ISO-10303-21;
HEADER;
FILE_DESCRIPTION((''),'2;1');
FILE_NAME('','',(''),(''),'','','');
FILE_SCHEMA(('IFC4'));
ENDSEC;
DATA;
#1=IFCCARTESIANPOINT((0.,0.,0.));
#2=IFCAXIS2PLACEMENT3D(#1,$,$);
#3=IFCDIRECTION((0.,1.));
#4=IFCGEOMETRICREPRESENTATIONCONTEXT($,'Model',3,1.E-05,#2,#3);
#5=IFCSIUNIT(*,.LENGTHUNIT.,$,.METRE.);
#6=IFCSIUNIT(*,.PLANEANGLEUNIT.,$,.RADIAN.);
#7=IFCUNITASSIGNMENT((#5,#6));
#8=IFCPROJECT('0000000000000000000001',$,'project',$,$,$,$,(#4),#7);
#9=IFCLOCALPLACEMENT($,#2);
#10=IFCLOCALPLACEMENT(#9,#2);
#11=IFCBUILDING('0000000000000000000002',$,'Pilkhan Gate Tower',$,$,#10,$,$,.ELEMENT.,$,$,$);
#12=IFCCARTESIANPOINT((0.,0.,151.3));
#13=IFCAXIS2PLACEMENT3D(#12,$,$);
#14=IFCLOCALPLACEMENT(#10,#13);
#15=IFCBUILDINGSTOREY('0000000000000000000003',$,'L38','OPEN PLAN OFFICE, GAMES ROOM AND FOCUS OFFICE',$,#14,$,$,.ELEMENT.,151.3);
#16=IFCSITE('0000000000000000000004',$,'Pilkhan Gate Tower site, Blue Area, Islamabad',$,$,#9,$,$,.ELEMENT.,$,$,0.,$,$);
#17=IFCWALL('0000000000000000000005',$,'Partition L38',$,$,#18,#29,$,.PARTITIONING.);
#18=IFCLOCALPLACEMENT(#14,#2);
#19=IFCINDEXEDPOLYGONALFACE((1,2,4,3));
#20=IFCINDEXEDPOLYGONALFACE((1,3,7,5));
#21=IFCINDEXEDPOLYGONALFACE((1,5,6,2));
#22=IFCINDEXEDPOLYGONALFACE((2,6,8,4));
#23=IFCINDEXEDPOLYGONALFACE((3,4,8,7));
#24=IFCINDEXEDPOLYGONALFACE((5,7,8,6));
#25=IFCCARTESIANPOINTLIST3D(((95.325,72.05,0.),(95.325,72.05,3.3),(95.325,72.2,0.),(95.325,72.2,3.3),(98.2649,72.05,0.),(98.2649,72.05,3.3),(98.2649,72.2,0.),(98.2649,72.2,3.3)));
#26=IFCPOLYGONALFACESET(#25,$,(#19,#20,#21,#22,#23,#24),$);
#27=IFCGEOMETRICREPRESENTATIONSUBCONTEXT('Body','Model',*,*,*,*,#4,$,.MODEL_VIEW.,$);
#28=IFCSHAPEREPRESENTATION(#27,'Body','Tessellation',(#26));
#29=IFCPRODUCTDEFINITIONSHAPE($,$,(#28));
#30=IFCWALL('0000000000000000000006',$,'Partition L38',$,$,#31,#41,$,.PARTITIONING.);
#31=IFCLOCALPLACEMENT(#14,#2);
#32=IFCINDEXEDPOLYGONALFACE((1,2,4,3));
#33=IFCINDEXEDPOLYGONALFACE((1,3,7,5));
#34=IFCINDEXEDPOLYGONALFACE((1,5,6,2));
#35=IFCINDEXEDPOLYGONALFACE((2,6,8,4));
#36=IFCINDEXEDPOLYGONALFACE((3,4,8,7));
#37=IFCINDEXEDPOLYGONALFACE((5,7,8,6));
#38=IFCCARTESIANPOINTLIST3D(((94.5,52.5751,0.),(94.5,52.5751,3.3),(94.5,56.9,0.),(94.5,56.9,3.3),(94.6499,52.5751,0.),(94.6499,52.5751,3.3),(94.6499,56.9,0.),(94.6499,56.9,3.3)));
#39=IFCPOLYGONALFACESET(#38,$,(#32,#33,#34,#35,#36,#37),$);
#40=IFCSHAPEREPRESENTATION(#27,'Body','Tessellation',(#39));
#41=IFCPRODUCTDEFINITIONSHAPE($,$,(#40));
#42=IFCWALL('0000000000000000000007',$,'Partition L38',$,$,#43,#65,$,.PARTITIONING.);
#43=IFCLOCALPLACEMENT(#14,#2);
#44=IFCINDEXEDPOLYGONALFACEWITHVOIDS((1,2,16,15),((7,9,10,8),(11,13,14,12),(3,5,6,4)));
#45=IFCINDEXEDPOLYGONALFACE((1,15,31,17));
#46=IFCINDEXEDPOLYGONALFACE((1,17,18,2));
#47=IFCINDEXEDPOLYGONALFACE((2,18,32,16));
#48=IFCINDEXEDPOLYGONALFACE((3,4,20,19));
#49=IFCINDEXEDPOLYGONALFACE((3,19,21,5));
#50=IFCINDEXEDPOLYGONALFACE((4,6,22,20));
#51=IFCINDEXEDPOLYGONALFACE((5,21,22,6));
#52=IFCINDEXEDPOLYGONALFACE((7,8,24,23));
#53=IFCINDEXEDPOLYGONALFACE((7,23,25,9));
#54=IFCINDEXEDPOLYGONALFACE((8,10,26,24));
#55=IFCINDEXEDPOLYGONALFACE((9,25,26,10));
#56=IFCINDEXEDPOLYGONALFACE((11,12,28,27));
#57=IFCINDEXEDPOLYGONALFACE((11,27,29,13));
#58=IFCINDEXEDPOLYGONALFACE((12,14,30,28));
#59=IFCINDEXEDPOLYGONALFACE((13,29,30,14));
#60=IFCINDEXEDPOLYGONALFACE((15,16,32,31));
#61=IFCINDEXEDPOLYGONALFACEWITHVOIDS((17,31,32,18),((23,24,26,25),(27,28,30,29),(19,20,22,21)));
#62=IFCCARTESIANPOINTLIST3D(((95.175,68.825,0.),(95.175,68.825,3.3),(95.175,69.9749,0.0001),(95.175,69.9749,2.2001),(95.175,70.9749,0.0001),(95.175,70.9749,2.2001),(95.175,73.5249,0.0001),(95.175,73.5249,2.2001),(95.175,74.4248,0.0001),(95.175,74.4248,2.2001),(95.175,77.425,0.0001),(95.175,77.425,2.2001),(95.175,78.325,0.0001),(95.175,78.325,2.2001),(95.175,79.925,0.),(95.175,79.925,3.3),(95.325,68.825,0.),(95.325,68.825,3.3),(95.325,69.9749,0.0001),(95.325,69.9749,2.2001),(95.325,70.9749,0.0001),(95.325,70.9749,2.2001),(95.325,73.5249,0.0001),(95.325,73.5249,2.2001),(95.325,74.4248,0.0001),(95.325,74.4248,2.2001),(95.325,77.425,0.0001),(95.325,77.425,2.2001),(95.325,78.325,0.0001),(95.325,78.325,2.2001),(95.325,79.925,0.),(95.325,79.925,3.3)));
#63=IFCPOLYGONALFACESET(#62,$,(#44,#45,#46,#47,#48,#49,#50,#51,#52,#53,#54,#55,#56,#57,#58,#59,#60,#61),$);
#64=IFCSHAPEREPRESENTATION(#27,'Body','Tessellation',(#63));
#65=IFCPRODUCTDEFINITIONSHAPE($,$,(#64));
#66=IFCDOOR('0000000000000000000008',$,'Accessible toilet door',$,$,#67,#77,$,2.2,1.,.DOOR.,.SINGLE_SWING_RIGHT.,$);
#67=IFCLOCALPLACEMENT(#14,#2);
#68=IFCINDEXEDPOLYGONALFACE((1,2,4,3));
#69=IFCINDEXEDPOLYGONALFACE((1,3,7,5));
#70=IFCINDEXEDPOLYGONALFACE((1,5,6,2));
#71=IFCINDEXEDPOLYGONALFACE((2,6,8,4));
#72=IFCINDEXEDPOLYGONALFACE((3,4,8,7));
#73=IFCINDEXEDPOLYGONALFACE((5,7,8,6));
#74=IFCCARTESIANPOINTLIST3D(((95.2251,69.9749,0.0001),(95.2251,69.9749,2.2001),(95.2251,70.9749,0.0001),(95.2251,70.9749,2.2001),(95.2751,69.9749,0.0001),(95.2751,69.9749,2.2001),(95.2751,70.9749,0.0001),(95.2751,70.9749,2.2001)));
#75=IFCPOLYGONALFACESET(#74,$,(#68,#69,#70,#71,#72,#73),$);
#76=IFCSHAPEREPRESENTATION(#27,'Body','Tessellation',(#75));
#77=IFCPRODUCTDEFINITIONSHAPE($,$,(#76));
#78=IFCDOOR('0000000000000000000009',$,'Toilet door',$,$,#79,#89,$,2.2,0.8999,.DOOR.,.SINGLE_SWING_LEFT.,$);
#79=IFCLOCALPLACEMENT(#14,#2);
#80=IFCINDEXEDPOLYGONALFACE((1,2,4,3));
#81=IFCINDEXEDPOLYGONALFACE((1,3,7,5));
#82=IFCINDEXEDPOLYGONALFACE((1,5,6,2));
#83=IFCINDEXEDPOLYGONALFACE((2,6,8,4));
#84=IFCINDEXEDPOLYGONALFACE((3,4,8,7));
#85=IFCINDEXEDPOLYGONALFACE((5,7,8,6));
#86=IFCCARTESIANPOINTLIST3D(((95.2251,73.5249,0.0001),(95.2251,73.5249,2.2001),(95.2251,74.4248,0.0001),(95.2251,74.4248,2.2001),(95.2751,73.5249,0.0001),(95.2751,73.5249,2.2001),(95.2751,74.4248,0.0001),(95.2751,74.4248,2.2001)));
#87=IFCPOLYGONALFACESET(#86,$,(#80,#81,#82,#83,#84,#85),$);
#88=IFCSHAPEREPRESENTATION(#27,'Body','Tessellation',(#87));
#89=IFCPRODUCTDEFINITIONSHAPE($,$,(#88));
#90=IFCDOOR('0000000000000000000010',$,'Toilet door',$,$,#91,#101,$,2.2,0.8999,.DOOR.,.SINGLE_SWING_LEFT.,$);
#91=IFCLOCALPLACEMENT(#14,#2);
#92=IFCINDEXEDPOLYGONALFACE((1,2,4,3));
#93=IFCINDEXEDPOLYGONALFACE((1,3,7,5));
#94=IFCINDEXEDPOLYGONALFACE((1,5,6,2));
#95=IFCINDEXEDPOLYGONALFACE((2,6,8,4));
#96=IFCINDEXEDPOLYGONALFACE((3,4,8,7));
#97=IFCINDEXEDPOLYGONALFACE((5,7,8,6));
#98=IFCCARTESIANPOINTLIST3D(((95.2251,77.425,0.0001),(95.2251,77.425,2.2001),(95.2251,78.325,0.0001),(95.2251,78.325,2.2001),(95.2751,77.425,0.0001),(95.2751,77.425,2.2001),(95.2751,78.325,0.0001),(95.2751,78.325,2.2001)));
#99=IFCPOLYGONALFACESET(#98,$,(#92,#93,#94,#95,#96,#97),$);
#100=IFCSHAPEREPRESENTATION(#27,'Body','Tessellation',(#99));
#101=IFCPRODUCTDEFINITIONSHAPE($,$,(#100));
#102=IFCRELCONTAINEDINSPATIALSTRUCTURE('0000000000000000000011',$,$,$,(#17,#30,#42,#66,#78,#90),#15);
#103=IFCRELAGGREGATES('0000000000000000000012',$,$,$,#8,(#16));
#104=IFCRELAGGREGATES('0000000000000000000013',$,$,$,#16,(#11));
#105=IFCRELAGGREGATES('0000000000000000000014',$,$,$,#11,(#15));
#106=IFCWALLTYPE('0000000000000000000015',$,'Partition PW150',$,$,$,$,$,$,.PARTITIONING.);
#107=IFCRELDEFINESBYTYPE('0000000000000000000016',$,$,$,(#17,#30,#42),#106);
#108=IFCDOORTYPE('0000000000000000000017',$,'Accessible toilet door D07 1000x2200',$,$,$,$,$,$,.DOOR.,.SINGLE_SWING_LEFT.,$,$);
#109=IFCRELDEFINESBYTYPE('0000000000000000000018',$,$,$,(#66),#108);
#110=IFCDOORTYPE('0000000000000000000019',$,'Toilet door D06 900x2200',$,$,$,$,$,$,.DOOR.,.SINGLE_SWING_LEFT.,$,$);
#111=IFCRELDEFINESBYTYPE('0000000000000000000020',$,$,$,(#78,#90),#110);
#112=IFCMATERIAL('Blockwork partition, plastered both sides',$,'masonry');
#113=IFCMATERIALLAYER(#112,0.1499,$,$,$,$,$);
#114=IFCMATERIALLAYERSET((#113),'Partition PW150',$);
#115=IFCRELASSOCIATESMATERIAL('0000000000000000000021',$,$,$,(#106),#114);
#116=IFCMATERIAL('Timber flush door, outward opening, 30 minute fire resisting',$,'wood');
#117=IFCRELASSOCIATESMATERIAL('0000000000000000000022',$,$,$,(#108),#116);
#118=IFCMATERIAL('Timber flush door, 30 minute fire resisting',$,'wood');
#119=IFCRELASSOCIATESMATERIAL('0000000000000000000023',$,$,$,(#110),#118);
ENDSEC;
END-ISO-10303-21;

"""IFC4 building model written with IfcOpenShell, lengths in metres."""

from ifc_helpers import new_model, si_unit, direction, frame, frame_2d, origin, place, context, subcontext, project, spatial, rectangle, extrude, material, layer, layer_set, type_object, element, fill, save


model = new_model("IFC4")

# Units and contexts
model_context = context("Model", 3, precision=1e-05, world=origin(), true_north=direction((0.0, 1.0)))
body_context = subcontext(model_context, "Body", "Model", "MODEL_VIEW")
ifc_project = project(units=[si_unit("LENGTHUNIT", "METRE"), si_unit("PLANEANGLEUNIT", "RADIAN")], contexts=[model_context])

# Site, building, storey
site_placement = place(None, origin())
site = spatial("IfcSite", under=ifc_project, at=site_placement, Name="Pilkhan Gate Tower site, Blue Area, Islamabad", CompositionType="ELEMENT", RefElevation=0.0)
building_placement = place(site_placement, origin())
building = spatial("IfcBuilding", under=site, at=building_placement, Name="Pilkhan Gate Tower", CompositionType="ELEMENT")
storey_placement = place(building_placement, frame((0.0, 0.0, 151.3)))
storey = spatial("IfcBuildingStorey", under=building, at=storey_placement, Name="L38", Description="OPEN PLAN OFFICE, GAMES ROOM AND FOCUS OFFICE", CompositionType="ELEMENT", Elevation=151.3)

# Walls
ifc_material_1 = material(Name="Blockwork partition, plastered both sides", Category="masonry")
ifc_layer_1 = layer(ifc_material_1, 0.1499)
ifc_layer_set_1 = layer_set([ifc_layer_1], Name="Partition PW150")
wall_type = type_object("IfcWallType", Name="Partition PW150", PredefinedType="PARTITIONING", material=ifc_layer_set_1)
wall_1_placement = place(storey_placement, frame((95.325, 72.125, 0.0), z_axis=(0.0, 0.0, 1.0), x_axis=(1.0, 0.0, 0.0)))
element("IfcWall", 1, at=wall_1_placement, inside=storey, type_object=wall_type, Name="Partition L38", PredefinedType="PARTITIONING", context=body_context, shape_type="SweptSolid", body=[
    extrude(rectangle(XDim=2.9399, YDim=0.1499, at=frame_2d((1.47, 0.0))), origin(), (0.0, 0.0, 1.0), 3.3),
])
wall_2_placement = place(storey_placement, frame((94.575, 52.575, 0.0), z_axis=(0.0, 0.0, 1.0), x_axis=(0.0, 1.0, 0.0)))
element("IfcWall", 2, at=wall_2_placement, inside=storey, type_object=wall_type, Name="Partition L38", PredefinedType="PARTITIONING", context=body_context, shape_type="SweptSolid", body=[
    extrude(rectangle(XDim=4.325, YDim=0.1499, at=frame_2d((2.1626, 0.0))), origin(), (0.0, 0.0, 1.0), 3.3),
])

# Wall, openings, doors
wall_3_placement = place(storey_placement, frame((95.25, 68.825, 0.0), z_axis=(0.0, 0.0, 1.0), x_axis=(0.0, 1.0, 0.0)))
wall_3 = element("IfcWall", 3, at=wall_3_placement, inside=storey, type_object=wall_type, Name="Partition L38", PredefinedType="PARTITIONING", context=body_context, shape_type="SweptSolid", body=[
    extrude(rectangle(XDim=11.1001, YDim=0.1499, at=frame_2d((5.55, 0.0))), origin(), (0.0, 0.0, 1.0), 3.3),
])
opening_1_placement = place(wall_3_placement, frame((1.1499, 0.0, 0.0)))
opening_1 = element("IfcOpeningElement", 4, at=opening_1_placement, cuts=wall_3, PredefinedType="OPENING", context=body_context, shape_type="SweptSolid", body=[
    extrude(rectangle(XDim=1.0, YDim=2.2, at=frame_2d((0.5, 1.1001))), frame((0.0, 0.085, 0.0), z_axis=(0.0, -1.0, 0.0), x_axis=(1.0, 0.0, 0.0)), (0.0, 0.0, 1.0), 0.1699),
])
opening_2_placement = place(wall_3_placement, frame((4.7, 0.0, 0.0)))
opening_2 = element("IfcOpeningElement", 5, at=opening_2_placement, cuts=wall_3, PredefinedType="OPENING", context=body_context, shape_type="SweptSolid", body=[
    extrude(rectangle(XDim=0.8999, YDim=2.2, at=frame_2d((0.45, 1.1001))), frame((0.0, 0.085, 0.0), z_axis=(0.0, -1.0, 0.0), x_axis=(1.0, 0.0, 0.0)), (0.0, 0.0, 1.0), 0.1699),
])
opening_3_placement = place(wall_3_placement, frame((8.6001, 0.0, 0.0)))
opening_3 = element("IfcOpeningElement", 6, at=opening_3_placement, cuts=wall_3, PredefinedType="OPENING", context=body_context, shape_type="SweptSolid", body=[
    extrude(rectangle(XDim=0.8999, YDim=2.2, at=frame_2d((0.45, 1.1001))), frame((0.0, 0.085, 0.0), z_axis=(0.0, -1.0, 0.0), x_axis=(1.0, 0.0, 0.0)), (0.0, 0.0, 1.0), 0.1699),
])
ifc_material_2 = material(Name="Timber flush door, outward opening, 30 minute fire resisting", Category="wood")
door_type_1 = type_object("IfcDoorType", Name="Accessible toilet door D07 1000x2200", OperationType="SINGLE_SWING_LEFT", PredefinedType="DOOR", material=ifc_material_2)
door_1_placement = place(opening_1_placement, origin())
door_1 = element("IfcDoor", 7, at=door_1_placement, inside=storey, type_object=door_type_1, Name="Accessible toilet door", OperationType="SINGLE_SWING_RIGHT", OverallHeight=2.2, OverallWidth=1.0, PredefinedType="DOOR", context=body_context, shape_type="SweptSolid", body=[
    extrude(rectangle(XDim=1.0, YDim=2.2, at=frame_2d((0.5, 1.1001))), frame((0.0, 0.0249, 0.0), z_axis=(0.0, -1.0, 0.0), x_axis=(1.0, 0.0, 0.0)), (0.0, 0.0, 1.0), 0.05),
])
fill(opening_1, door_1)
ifc_material_3 = material(Name="Timber flush door, 30 minute fire resisting", Category="wood")
door_type_2 = type_object("IfcDoorType", Name="Toilet door D06 900x2200", OperationType="SINGLE_SWING_LEFT", PredefinedType="DOOR", material=ifc_material_3)
door_2_placement = place(opening_2_placement, origin())
door_2 = element("IfcDoor", 8, at=door_2_placement, inside=storey, type_object=door_type_2, Name="Toilet door", OperationType="SINGLE_SWING_LEFT", OverallHeight=2.2, OverallWidth=0.8999, PredefinedType="DOOR", context=body_context, shape_type="SweptSolid", body=[
    extrude(rectangle(XDim=0.8999, YDim=2.2, at=frame_2d((0.45, 1.1001))), frame((0.0, 0.0249, 0.0), z_axis=(0.0, -1.0, 0.0), x_axis=(1.0, 0.0, 0.0)), (0.0, 0.0, 1.0), 0.05),
])
fill(opening_2, door_2)
door_3_placement = place(opening_3_placement, origin())
door_3 = element("IfcDoor", 9, at=door_3_placement, inside=storey, type_object=door_type_2, Name="Toilet door", OperationType="SINGLE_SWING_LEFT", OverallHeight=2.2, OverallWidth=0.8999, PredefinedType="DOOR", context=body_context, shape_type="SweptSolid", body=[
    extrude(rectangle(XDim=0.8999, YDim=2.2, at=frame_2d((0.45, 1.1001))), frame((0.0, 0.0249, 0.0), z_axis=(0.0, -1.0, 0.0), x_axis=(1.0, 0.0, 0.0)), (0.0, 0.0, 1.0), 0.05),
])
fill(opening_3, door_3)

save(model, "model.ifc")
